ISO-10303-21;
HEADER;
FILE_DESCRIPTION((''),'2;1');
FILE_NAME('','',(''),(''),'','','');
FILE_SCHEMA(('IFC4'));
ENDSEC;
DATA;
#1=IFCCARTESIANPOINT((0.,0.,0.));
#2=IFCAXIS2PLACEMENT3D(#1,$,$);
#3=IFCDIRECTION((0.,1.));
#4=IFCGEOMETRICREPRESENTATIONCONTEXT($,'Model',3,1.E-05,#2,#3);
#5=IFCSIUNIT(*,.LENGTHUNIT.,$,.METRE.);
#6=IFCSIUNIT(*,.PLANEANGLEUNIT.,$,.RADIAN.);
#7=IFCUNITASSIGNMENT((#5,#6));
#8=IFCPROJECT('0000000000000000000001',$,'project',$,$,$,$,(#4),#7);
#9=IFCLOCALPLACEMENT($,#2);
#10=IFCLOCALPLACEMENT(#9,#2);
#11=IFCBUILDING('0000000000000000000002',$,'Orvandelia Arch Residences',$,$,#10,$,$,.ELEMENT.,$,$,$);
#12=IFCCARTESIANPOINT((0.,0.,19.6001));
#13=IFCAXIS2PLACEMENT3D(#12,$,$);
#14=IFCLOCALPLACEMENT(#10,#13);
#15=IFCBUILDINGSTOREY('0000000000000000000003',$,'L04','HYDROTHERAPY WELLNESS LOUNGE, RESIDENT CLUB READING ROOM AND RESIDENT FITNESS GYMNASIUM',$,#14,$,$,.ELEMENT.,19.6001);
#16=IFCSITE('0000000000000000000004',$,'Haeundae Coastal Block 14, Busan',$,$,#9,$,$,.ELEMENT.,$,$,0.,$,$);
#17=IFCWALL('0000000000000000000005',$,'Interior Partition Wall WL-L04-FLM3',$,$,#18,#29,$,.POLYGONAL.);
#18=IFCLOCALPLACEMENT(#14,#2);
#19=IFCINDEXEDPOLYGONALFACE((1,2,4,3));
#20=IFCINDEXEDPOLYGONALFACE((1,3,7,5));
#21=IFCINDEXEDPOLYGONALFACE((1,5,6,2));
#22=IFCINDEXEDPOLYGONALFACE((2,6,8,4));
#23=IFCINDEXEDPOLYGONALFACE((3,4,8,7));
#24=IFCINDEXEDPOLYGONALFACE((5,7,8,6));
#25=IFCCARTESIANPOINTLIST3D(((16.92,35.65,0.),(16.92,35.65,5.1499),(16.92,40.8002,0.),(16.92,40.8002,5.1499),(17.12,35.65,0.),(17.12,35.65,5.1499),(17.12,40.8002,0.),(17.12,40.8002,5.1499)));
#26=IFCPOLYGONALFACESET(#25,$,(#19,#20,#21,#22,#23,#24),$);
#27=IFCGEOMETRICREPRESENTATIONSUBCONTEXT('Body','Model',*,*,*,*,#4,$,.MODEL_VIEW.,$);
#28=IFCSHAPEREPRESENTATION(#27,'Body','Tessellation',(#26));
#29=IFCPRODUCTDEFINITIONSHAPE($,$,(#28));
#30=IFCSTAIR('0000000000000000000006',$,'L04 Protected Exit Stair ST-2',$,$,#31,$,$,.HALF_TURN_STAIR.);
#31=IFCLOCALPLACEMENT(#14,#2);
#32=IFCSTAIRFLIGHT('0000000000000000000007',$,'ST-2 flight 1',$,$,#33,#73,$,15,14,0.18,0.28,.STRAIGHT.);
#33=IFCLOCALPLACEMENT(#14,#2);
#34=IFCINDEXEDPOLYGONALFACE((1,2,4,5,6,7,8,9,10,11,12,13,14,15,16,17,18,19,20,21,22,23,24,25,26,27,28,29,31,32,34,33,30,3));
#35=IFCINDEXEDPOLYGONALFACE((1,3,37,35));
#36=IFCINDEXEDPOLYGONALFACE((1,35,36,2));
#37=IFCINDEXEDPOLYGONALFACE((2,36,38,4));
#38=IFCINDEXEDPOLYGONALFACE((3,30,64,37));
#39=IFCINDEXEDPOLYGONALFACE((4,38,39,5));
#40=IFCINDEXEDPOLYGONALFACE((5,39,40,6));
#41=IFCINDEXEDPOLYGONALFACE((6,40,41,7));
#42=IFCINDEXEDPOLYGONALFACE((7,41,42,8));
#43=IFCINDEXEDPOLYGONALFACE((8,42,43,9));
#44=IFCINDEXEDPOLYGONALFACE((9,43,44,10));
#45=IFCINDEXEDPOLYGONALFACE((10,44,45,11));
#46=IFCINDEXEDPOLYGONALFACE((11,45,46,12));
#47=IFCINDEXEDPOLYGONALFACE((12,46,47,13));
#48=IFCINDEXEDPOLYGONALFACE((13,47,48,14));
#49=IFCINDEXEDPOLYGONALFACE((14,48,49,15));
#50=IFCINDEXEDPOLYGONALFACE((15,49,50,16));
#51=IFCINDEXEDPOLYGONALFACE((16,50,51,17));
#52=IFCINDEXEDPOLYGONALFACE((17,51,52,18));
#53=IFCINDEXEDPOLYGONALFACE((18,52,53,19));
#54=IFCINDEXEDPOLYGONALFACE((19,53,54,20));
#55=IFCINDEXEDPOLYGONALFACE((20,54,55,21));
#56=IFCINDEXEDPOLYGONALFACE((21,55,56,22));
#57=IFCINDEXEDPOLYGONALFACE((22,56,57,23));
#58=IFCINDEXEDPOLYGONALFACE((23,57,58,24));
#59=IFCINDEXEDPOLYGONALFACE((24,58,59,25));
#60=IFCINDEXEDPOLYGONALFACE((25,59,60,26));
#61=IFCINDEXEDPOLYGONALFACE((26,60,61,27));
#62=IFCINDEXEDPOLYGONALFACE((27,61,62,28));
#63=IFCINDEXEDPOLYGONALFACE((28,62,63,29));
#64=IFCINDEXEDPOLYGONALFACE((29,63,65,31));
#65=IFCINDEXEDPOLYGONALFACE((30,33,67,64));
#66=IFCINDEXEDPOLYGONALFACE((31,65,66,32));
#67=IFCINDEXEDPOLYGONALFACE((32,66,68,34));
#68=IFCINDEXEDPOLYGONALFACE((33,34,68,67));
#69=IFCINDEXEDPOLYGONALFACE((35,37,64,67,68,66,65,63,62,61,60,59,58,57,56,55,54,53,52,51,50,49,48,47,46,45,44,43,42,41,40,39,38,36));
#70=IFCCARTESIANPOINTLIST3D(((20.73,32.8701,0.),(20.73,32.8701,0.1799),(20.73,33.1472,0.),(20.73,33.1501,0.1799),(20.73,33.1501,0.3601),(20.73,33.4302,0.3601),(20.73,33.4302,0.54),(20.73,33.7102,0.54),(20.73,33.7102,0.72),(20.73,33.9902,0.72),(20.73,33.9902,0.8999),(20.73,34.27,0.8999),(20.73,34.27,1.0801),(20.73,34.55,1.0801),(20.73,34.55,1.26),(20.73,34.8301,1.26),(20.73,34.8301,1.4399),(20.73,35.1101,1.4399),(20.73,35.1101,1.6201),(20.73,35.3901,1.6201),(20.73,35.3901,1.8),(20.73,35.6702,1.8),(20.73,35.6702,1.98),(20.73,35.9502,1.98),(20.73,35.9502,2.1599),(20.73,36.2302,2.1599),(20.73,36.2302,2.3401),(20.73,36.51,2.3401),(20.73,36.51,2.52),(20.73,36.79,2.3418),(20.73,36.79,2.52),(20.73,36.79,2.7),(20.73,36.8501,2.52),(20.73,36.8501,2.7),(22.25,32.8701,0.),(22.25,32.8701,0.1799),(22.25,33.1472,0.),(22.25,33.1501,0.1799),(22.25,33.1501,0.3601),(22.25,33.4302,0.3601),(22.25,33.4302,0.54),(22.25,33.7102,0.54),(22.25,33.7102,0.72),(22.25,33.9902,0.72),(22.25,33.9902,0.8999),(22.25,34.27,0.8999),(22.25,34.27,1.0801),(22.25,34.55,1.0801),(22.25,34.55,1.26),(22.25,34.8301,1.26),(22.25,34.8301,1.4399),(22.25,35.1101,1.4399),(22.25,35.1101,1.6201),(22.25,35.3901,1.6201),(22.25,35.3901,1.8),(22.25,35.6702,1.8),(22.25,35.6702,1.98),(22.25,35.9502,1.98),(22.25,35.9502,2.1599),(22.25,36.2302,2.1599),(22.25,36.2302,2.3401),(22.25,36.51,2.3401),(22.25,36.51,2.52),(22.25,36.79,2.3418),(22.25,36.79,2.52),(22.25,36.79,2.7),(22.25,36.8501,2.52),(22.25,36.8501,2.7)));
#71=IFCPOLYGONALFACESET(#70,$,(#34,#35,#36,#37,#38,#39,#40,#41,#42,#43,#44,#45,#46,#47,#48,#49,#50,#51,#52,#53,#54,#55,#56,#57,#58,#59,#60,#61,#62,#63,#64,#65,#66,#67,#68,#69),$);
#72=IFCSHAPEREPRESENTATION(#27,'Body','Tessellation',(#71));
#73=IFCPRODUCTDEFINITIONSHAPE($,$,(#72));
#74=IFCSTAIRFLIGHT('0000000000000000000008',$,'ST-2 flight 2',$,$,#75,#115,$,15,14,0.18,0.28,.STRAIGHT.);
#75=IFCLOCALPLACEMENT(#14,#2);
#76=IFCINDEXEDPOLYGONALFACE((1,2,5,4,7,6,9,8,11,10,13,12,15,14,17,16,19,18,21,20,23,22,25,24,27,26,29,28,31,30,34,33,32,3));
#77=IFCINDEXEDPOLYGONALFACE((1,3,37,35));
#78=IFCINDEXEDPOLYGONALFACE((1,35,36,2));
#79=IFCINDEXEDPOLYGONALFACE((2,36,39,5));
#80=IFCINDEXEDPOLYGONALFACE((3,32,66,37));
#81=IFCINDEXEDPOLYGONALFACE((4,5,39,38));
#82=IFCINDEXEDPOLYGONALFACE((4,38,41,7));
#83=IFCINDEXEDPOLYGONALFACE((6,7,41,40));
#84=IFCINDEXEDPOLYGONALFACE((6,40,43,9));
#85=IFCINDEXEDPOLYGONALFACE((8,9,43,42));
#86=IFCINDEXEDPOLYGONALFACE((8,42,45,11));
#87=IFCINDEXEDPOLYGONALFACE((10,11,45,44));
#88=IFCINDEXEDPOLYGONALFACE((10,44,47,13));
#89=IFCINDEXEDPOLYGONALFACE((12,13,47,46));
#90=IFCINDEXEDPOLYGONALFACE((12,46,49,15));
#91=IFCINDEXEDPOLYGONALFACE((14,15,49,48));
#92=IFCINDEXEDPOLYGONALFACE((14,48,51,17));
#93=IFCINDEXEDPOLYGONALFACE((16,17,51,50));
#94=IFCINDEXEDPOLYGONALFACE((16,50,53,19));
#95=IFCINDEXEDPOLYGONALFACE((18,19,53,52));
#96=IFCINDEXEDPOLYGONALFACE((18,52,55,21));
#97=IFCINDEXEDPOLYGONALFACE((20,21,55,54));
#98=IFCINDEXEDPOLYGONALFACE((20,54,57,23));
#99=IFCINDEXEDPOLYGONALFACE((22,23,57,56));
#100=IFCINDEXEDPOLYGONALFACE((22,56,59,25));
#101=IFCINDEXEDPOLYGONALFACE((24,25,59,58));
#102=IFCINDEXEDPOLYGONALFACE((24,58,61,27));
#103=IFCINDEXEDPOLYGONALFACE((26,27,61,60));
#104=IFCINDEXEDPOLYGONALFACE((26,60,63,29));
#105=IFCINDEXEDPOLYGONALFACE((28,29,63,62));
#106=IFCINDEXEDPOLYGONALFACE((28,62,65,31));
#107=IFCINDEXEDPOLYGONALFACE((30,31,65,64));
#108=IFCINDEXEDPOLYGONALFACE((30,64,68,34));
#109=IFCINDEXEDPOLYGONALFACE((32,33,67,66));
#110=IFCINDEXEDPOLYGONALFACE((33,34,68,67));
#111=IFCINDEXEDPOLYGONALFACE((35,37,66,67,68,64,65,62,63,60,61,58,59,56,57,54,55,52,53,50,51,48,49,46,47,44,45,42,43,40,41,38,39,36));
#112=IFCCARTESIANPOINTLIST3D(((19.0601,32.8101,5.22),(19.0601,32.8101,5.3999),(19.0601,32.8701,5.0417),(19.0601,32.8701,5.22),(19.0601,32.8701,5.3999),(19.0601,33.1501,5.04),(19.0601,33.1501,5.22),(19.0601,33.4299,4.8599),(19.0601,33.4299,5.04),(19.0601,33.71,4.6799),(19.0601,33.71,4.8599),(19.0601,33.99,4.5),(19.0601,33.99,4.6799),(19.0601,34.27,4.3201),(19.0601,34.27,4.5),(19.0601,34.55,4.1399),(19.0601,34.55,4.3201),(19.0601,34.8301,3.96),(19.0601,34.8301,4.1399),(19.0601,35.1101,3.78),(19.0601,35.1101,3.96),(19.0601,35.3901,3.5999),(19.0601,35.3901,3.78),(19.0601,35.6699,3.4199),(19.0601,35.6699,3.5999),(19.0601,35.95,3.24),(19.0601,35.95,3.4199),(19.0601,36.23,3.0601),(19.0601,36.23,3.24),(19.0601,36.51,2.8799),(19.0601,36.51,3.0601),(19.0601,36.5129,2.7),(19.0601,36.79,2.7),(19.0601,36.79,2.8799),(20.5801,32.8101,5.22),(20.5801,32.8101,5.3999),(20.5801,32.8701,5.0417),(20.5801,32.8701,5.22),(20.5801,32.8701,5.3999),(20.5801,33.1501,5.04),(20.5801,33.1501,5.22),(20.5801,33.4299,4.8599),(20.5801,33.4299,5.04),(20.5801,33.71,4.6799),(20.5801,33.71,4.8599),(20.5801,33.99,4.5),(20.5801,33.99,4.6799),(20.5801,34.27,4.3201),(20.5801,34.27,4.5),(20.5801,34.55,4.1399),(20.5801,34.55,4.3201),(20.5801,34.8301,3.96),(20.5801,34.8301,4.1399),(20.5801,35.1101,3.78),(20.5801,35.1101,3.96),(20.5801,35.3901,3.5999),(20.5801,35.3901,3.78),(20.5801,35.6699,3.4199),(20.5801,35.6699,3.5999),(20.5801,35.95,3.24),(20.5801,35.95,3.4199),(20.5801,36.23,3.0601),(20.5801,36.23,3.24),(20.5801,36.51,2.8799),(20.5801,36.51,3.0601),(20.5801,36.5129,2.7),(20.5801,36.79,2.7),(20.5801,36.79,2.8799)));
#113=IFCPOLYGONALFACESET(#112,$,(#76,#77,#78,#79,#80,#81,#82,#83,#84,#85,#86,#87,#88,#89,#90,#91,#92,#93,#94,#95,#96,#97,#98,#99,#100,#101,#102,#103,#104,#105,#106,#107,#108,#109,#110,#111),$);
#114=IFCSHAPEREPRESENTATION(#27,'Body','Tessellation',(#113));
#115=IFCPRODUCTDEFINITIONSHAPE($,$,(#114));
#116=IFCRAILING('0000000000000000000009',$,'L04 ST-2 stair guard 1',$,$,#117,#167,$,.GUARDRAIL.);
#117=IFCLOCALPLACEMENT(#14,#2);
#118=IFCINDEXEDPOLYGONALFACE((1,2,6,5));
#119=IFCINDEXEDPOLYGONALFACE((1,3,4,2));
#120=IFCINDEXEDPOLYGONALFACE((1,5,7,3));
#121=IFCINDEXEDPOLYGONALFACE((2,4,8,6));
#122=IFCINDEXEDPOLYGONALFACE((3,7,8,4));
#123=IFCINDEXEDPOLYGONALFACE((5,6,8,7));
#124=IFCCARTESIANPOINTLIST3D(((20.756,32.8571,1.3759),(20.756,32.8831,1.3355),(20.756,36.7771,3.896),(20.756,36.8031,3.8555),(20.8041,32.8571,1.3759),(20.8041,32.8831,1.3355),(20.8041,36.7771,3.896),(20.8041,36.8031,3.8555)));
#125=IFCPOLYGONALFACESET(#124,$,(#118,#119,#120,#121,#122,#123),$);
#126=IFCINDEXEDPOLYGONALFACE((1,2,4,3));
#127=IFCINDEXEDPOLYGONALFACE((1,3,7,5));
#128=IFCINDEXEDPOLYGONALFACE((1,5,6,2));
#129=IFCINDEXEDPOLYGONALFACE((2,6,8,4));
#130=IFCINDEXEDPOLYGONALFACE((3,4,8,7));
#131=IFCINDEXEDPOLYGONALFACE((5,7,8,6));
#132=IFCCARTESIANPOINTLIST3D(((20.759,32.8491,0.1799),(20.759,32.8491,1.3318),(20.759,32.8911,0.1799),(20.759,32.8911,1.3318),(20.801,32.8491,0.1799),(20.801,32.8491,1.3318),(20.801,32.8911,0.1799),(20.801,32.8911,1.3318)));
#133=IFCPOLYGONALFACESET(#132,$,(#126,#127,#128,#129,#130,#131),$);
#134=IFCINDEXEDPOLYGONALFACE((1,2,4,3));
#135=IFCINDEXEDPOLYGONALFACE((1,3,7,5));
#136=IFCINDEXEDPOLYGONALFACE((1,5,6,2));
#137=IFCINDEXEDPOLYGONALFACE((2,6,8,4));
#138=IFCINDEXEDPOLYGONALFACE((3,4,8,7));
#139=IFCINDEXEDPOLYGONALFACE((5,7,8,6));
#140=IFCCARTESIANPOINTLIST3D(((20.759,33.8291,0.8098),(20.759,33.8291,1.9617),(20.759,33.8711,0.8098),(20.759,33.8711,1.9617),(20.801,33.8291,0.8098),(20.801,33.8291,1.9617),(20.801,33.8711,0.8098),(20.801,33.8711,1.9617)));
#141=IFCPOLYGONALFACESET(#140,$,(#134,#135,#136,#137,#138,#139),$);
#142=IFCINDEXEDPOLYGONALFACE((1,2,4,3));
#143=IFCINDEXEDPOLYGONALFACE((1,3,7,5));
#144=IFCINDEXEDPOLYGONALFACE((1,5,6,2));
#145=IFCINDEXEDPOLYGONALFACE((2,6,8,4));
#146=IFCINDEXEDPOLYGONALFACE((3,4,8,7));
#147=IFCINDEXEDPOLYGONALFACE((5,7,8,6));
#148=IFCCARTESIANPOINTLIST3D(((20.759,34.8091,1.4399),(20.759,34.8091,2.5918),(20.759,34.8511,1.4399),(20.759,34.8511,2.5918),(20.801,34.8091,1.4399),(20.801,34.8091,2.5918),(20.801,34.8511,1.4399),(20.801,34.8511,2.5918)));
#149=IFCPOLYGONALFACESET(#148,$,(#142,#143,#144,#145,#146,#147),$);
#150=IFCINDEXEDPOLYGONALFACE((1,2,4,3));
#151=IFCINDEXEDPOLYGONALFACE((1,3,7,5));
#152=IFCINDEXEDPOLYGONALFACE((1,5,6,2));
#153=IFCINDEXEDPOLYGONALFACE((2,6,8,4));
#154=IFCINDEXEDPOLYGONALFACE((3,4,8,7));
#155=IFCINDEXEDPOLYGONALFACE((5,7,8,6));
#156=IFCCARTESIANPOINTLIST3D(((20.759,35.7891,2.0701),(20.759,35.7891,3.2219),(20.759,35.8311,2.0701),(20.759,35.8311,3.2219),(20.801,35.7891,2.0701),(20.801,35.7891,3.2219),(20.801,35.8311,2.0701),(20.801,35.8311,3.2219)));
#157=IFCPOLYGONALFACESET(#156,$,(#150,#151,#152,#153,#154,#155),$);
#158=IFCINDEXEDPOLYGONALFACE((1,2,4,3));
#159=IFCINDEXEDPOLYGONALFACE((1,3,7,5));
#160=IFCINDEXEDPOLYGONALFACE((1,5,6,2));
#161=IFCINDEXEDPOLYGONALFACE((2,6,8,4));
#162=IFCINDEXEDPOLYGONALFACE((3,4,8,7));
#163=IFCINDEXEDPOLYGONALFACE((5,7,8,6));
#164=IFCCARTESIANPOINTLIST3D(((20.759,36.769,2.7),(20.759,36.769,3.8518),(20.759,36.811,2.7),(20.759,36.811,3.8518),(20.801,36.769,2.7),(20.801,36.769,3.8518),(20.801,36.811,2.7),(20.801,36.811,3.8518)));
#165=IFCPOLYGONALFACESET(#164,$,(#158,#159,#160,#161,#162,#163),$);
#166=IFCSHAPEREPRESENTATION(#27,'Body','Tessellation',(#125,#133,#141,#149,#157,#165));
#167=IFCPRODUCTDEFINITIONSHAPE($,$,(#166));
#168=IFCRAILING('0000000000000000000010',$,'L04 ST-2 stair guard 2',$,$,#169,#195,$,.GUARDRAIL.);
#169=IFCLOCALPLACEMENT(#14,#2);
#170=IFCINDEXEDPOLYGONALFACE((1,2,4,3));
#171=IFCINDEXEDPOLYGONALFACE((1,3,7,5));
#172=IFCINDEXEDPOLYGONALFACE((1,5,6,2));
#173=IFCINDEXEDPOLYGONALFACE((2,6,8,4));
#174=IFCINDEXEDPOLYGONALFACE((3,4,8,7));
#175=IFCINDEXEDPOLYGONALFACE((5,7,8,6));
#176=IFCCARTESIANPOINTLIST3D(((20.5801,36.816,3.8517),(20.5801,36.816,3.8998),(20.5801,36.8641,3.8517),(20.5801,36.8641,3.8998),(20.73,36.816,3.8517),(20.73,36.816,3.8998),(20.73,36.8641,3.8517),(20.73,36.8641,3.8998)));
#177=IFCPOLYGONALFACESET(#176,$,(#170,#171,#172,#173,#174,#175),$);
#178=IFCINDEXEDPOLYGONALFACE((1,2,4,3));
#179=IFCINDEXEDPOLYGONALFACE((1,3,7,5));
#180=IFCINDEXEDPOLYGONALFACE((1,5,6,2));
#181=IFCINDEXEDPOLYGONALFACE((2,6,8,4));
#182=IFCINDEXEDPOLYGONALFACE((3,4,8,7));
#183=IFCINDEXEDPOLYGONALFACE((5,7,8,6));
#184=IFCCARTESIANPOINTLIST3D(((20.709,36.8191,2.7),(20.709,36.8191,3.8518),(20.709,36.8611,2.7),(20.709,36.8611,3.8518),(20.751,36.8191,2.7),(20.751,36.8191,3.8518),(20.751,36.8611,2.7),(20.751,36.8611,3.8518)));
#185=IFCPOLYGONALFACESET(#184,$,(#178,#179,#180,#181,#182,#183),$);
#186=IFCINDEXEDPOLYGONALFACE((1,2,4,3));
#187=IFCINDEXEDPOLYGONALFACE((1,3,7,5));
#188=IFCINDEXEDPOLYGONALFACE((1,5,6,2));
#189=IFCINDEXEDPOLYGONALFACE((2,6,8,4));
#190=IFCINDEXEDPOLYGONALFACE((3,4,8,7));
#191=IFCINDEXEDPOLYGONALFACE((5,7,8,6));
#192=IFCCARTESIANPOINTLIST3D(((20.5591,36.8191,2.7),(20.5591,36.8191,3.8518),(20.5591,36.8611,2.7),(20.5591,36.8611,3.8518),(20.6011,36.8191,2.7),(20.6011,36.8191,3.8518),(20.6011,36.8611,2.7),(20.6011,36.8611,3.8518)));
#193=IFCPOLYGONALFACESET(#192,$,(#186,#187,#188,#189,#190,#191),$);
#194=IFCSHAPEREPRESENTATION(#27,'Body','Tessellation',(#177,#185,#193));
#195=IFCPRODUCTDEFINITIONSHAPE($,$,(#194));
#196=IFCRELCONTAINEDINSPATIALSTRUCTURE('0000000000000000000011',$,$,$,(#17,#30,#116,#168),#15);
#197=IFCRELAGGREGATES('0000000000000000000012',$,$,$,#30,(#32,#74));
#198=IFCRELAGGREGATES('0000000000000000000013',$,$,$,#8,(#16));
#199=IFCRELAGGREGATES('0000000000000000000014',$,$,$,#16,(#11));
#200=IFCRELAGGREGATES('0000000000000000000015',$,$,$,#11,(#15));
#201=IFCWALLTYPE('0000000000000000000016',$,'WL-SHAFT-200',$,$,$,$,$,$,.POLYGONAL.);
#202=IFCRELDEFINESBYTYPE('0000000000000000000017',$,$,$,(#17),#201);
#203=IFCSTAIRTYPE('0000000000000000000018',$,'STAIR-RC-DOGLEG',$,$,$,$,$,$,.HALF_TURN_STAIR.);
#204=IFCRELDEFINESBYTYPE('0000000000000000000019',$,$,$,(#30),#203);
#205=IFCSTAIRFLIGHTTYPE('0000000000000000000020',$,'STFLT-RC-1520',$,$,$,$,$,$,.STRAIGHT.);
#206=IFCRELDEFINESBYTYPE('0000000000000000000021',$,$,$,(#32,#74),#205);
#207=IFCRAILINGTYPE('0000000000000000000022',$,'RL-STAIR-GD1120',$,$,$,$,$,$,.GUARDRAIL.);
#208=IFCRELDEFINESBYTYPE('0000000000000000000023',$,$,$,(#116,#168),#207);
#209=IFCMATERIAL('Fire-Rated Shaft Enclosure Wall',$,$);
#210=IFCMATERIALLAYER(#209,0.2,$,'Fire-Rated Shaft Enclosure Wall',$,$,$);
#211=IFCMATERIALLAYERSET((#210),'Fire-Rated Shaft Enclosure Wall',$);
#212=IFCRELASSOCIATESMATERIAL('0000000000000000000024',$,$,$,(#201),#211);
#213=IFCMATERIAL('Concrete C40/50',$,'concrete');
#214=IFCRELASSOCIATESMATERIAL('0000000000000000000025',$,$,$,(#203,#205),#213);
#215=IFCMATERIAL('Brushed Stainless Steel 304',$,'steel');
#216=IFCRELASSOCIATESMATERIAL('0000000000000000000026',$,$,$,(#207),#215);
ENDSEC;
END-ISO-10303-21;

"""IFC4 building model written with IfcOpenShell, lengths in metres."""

from ifc_helpers import new_model, si_unit, direction, frame, frame_2d, origin, origin_2d, place, context, subcontext, project, spatial, polyline, rectangle, outline, extrude, material, layer, layer_set, type_object, element, aggregate, save


model = new_model("IFC4")

# Units and contexts
model_context = context("Model", 3, precision=1e-05, world=origin(), true_north=direction((0.0, 1.0)))
body_context = subcontext(model_context, "Body", "Model", "MODEL_VIEW")
ifc_project = project(units=[si_unit("LENGTHUNIT", "METRE"), si_unit("PLANEANGLEUNIT", "RADIAN")], contexts=[model_context])

# Site, building, storey
site_placement = place(None, origin())
site = spatial("IfcSite", under=ifc_project, at=site_placement, Name="Haeundae Coastal Block 14, Busan", CompositionType="ELEMENT", RefElevation=0.0)
building_placement = place(site_placement, origin())
building = spatial("IfcBuilding", under=site, at=building_placement, Name="Orvandelia Arch Residences", CompositionType="ELEMENT")
storey_placement = place(building_placement, frame((0.0, 0.0, 19.6001)))
storey = spatial("IfcBuildingStorey", under=building, at=storey_placement, Name="L04", Description="HYDROTHERAPY WELLNESS LOUNGE, RESIDENT CLUB READING ROOM AND RESIDENT FITNESS GYMNASIUM", CompositionType="ELEMENT", Elevation=19.6001)

# Wall
ifc_material_1 = material(Name="Fire-Rated Shaft Enclosure Wall")
ifc_layer_1 = layer(ifc_material_1, 0.2, Name="Fire-Rated Shaft Enclosure Wall")
ifc_layer_set_1 = layer_set([ifc_layer_1], Name="Fire-Rated Shaft Enclosure Wall")
wall_type_1 = type_object("IfcWallType", Name="WL-SHAFT-200", PredefinedType="POLYGONAL", material=ifc_layer_set_1)
wall_1_placement = place(storey_placement, frame((17.02, 35.6499, 0.0), z_axis=(0.0, 0.0, 1.0), x_axis=(0.0, 1.0, 0.0)))
element("IfcWall", 1, at=wall_1_placement, inside=storey, type_object=wall_type_1, Name="Interior Partition Wall WL-L04-FLM3", PredefinedType="POLYGONAL", context=body_context, shape_type="SweptSolid", body=[
    extrude(rectangle(XDim=5.1501, YDim=0.2, at=frame_2d((2.5752, 0.0))), origin(), (0.0, 0.0, 1.0), 5.1499),
])

# Stair, stair flights
ifc_material_2 = material(Name="Concrete C40/50", Category="concrete")
stair_type = type_object("IfcStairType", Name="STAIR-RC-DOGLEG", PredefinedType="HALF_TURN_STAIR", material=ifc_material_2)
stair_placement = place(storey_placement, origin())
stair = element("IfcStair", 2, at=stair_placement, inside=storey, type_object=stair_type, Name="L04 Protected Exit Stair ST-2", PredefinedType="HALF_TURN_STAIR")
stair_flight_type = type_object("IfcStairFlightType", Name="STFLT-RC-1520", PredefinedType="STRAIGHT", material=ifc_material_2)
stair_flight_1_placement = place(storey_placement, frame((21.49, 32.8701, 0.0), z_axis=(0.0, 0.0, 1.0), x_axis=(0.0, 1.0, 0.0)))
stair_flight_1 = element("IfcStairFlight", 3, at=stair_flight_1_placement, type_object=stair_flight_type, Name="ST-2 flight 1", NumberOfRisers=15, NumberOfTreads=14, PredefinedType="STRAIGHT", RiserHeight=0.18, TreadLength=0.28, context=body_context, shape_type="SweptSolid", body=[
    extrude(outline(polyline([(0.0, 0.0), (0.0, 0.1799), (0.28, 0.1799), (0.28, 0.3601), (0.5601, 0.3601), (0.5601, 0.54), (0.8401, 0.54), (0.8401, 0.72), (1.1201, 0.72), (1.1201, 0.8999), (1.3999, 0.8999), (1.3999, 1.0801), (1.6799, 1.0801), (1.6799, 1.26), (1.96, 1.26), (1.96, 1.4399), (2.24, 1.4399), (2.24, 1.6201), (2.52, 1.6201), (2.52, 1.8), (2.8, 1.8), (2.8, 1.98), (3.0801, 1.98), (3.0801, 2.1599), (3.3601, 2.1599), (3.3601, 2.3401), (3.6399, 2.3401), (3.6399, 2.52), (3.9199, 2.52), (3.9199, 2.7), (3.98, 2.7), (3.98, 2.52), (3.9199, 2.3418), (0.2771, 0.0), (0.0, 0.0)])), frame((0.0, 0.76, 0.0), z_axis=(0.0, -1.0, 0.0), x_axis=(1.0, 0.0, 0.0)), (0.0, 0.0, 1.0), 1.52),
])
stair_flight_2_placement = place(storey_placement, frame((19.8201, 36.79, 2.7), z_axis=(0.0, 0.0, 1.0), x_axis=(0.0, -1.0, 0.0)))
stair_flight_2 = element("IfcStairFlight", 4, at=stair_flight_2_placement, type_object=stair_flight_type, Name="ST-2 flight 2", NumberOfRisers=15, NumberOfTreads=14, PredefinedType="STRAIGHT", RiserHeight=0.18, TreadLength=0.28, context=body_context, shape_type="SweptSolid", body=[
    extrude(outline(polyline([(0.0, 0.0), (0.0, 0.1799), (0.28, 0.1799), (0.28, 0.3601), (0.5601, 0.3601), (0.5601, 0.54), (0.8401, 0.54), (0.8401, 0.72), (1.1201, 0.72), (1.1201, 0.8999), (1.3999, 0.8999), (1.3999, 1.0801), (1.6799, 1.0801), (1.6799, 1.26), (1.96, 1.26), (1.96, 1.4399), (2.24, 1.4399), (2.24, 1.6201), (2.52, 1.6201), (2.52, 1.8), (2.8, 1.8), (2.8, 1.98), (3.0801, 1.98), (3.0801, 2.1599), (3.3601, 2.1599), (3.3601, 2.3401), (3.6399, 2.3401), (3.6399, 2.52), (3.9199, 2.52), (3.9199, 2.7), (3.98, 2.7), (3.98, 2.52), (3.9199, 2.3418), (0.2771, 0.0), (0.0, 0.0)])), frame((0.0, 0.76, 0.0), z_axis=(0.0, -1.0, 0.0), x_axis=(1.0, 0.0, 0.0)), (0.0, 0.0, 1.0), 1.52),
])
aggregate(stair, [stair_flight_1, stair_flight_2])

# Railings
ifc_material_3 = material(Name="Brushed Stainless Steel 304", Category="steel")
railing_type_1 = type_object("IfcRailingType", Name="RL-STAIR-GD1120", PredefinedType="GUARDRAIL", material=ifc_material_3)
railing_1_placement = place(storey_placement, frame((20.78, 32.8701, 0.1799)))
element("IfcRailing", 5, at=railing_1_placement, inside=storey, type_object=railing_type_1, Name="L04 ST-2 stair guard 1", PredefinedType="GUARDRAIL", context=body_context, shape_type="SweptSolid", body=[
    extrude(rectangle(XDim=0.0481, YDim=0.0481, at=origin_2d()), frame((0.0, 0.0, 1.1758), z_axis=(0.0, 0.841172, 0.540768), x_axis=(-1.0, 0.0, 0.0)), (0.0, 0.0, 1.0), 4.6602),
    extrude(rectangle(XDim=0.042, YDim=0.042, at=origin_2d()), origin(), (0.0, 0.0, 1.0), 1.1519),
    extrude(rectangle(XDim=0.042, YDim=0.042, at=origin_2d()), frame((0.0, 0.98, 0.6299)), (0.0, 0.0, 1.0), 1.1519),
    extrude(rectangle(XDim=0.042, YDim=0.042, at=origin_2d()), frame((0.0, 1.96, 1.26)), (0.0, 0.0, 1.0), 1.1519),
    extrude(rectangle(XDim=0.042, YDim=0.042, at=origin_2d()), frame((0.0, 2.9399, 1.8901)), (0.0, 0.0, 1.0), 1.1519),
    extrude(rectangle(XDim=0.042, YDim=0.042, at=origin_2d()), frame((0.0, 3.9199, 2.52)), (0.0, 0.0, 1.0), 1.1519),
])
railing_2_placement = place(storey_placement, frame((20.73, 36.8401, 2.7)))
element("IfcRailing", 6, at=railing_2_placement, inside=storey, type_object=railing_type_1, Name="L04 ST-2 stair guard 2", PredefinedType="GUARDRAIL", context=body_context, shape_type="SweptSolid", body=[
    extrude(rectangle(XDim=0.0481, YDim=0.0481, at=origin_2d()), frame((0.0, 0.0, 1.1758), z_axis=(-1.0, 0.0, 0.0), x_axis=(0.0, -1.0, 0.0)), (0.0, 0.0, 1.0), 0.1499),
    extrude(rectangle(XDim=0.042, YDim=0.042, at=origin_2d()), origin(), (0.0, 0.0, 1.0), 1.1519),
    extrude(rectangle(XDim=0.042, YDim=0.042, at=origin_2d()), frame((-0.1499, 0.0, 0.0)), (0.0, 0.0, 1.0), 1.1519),
])

save(model, "model.ifc")
